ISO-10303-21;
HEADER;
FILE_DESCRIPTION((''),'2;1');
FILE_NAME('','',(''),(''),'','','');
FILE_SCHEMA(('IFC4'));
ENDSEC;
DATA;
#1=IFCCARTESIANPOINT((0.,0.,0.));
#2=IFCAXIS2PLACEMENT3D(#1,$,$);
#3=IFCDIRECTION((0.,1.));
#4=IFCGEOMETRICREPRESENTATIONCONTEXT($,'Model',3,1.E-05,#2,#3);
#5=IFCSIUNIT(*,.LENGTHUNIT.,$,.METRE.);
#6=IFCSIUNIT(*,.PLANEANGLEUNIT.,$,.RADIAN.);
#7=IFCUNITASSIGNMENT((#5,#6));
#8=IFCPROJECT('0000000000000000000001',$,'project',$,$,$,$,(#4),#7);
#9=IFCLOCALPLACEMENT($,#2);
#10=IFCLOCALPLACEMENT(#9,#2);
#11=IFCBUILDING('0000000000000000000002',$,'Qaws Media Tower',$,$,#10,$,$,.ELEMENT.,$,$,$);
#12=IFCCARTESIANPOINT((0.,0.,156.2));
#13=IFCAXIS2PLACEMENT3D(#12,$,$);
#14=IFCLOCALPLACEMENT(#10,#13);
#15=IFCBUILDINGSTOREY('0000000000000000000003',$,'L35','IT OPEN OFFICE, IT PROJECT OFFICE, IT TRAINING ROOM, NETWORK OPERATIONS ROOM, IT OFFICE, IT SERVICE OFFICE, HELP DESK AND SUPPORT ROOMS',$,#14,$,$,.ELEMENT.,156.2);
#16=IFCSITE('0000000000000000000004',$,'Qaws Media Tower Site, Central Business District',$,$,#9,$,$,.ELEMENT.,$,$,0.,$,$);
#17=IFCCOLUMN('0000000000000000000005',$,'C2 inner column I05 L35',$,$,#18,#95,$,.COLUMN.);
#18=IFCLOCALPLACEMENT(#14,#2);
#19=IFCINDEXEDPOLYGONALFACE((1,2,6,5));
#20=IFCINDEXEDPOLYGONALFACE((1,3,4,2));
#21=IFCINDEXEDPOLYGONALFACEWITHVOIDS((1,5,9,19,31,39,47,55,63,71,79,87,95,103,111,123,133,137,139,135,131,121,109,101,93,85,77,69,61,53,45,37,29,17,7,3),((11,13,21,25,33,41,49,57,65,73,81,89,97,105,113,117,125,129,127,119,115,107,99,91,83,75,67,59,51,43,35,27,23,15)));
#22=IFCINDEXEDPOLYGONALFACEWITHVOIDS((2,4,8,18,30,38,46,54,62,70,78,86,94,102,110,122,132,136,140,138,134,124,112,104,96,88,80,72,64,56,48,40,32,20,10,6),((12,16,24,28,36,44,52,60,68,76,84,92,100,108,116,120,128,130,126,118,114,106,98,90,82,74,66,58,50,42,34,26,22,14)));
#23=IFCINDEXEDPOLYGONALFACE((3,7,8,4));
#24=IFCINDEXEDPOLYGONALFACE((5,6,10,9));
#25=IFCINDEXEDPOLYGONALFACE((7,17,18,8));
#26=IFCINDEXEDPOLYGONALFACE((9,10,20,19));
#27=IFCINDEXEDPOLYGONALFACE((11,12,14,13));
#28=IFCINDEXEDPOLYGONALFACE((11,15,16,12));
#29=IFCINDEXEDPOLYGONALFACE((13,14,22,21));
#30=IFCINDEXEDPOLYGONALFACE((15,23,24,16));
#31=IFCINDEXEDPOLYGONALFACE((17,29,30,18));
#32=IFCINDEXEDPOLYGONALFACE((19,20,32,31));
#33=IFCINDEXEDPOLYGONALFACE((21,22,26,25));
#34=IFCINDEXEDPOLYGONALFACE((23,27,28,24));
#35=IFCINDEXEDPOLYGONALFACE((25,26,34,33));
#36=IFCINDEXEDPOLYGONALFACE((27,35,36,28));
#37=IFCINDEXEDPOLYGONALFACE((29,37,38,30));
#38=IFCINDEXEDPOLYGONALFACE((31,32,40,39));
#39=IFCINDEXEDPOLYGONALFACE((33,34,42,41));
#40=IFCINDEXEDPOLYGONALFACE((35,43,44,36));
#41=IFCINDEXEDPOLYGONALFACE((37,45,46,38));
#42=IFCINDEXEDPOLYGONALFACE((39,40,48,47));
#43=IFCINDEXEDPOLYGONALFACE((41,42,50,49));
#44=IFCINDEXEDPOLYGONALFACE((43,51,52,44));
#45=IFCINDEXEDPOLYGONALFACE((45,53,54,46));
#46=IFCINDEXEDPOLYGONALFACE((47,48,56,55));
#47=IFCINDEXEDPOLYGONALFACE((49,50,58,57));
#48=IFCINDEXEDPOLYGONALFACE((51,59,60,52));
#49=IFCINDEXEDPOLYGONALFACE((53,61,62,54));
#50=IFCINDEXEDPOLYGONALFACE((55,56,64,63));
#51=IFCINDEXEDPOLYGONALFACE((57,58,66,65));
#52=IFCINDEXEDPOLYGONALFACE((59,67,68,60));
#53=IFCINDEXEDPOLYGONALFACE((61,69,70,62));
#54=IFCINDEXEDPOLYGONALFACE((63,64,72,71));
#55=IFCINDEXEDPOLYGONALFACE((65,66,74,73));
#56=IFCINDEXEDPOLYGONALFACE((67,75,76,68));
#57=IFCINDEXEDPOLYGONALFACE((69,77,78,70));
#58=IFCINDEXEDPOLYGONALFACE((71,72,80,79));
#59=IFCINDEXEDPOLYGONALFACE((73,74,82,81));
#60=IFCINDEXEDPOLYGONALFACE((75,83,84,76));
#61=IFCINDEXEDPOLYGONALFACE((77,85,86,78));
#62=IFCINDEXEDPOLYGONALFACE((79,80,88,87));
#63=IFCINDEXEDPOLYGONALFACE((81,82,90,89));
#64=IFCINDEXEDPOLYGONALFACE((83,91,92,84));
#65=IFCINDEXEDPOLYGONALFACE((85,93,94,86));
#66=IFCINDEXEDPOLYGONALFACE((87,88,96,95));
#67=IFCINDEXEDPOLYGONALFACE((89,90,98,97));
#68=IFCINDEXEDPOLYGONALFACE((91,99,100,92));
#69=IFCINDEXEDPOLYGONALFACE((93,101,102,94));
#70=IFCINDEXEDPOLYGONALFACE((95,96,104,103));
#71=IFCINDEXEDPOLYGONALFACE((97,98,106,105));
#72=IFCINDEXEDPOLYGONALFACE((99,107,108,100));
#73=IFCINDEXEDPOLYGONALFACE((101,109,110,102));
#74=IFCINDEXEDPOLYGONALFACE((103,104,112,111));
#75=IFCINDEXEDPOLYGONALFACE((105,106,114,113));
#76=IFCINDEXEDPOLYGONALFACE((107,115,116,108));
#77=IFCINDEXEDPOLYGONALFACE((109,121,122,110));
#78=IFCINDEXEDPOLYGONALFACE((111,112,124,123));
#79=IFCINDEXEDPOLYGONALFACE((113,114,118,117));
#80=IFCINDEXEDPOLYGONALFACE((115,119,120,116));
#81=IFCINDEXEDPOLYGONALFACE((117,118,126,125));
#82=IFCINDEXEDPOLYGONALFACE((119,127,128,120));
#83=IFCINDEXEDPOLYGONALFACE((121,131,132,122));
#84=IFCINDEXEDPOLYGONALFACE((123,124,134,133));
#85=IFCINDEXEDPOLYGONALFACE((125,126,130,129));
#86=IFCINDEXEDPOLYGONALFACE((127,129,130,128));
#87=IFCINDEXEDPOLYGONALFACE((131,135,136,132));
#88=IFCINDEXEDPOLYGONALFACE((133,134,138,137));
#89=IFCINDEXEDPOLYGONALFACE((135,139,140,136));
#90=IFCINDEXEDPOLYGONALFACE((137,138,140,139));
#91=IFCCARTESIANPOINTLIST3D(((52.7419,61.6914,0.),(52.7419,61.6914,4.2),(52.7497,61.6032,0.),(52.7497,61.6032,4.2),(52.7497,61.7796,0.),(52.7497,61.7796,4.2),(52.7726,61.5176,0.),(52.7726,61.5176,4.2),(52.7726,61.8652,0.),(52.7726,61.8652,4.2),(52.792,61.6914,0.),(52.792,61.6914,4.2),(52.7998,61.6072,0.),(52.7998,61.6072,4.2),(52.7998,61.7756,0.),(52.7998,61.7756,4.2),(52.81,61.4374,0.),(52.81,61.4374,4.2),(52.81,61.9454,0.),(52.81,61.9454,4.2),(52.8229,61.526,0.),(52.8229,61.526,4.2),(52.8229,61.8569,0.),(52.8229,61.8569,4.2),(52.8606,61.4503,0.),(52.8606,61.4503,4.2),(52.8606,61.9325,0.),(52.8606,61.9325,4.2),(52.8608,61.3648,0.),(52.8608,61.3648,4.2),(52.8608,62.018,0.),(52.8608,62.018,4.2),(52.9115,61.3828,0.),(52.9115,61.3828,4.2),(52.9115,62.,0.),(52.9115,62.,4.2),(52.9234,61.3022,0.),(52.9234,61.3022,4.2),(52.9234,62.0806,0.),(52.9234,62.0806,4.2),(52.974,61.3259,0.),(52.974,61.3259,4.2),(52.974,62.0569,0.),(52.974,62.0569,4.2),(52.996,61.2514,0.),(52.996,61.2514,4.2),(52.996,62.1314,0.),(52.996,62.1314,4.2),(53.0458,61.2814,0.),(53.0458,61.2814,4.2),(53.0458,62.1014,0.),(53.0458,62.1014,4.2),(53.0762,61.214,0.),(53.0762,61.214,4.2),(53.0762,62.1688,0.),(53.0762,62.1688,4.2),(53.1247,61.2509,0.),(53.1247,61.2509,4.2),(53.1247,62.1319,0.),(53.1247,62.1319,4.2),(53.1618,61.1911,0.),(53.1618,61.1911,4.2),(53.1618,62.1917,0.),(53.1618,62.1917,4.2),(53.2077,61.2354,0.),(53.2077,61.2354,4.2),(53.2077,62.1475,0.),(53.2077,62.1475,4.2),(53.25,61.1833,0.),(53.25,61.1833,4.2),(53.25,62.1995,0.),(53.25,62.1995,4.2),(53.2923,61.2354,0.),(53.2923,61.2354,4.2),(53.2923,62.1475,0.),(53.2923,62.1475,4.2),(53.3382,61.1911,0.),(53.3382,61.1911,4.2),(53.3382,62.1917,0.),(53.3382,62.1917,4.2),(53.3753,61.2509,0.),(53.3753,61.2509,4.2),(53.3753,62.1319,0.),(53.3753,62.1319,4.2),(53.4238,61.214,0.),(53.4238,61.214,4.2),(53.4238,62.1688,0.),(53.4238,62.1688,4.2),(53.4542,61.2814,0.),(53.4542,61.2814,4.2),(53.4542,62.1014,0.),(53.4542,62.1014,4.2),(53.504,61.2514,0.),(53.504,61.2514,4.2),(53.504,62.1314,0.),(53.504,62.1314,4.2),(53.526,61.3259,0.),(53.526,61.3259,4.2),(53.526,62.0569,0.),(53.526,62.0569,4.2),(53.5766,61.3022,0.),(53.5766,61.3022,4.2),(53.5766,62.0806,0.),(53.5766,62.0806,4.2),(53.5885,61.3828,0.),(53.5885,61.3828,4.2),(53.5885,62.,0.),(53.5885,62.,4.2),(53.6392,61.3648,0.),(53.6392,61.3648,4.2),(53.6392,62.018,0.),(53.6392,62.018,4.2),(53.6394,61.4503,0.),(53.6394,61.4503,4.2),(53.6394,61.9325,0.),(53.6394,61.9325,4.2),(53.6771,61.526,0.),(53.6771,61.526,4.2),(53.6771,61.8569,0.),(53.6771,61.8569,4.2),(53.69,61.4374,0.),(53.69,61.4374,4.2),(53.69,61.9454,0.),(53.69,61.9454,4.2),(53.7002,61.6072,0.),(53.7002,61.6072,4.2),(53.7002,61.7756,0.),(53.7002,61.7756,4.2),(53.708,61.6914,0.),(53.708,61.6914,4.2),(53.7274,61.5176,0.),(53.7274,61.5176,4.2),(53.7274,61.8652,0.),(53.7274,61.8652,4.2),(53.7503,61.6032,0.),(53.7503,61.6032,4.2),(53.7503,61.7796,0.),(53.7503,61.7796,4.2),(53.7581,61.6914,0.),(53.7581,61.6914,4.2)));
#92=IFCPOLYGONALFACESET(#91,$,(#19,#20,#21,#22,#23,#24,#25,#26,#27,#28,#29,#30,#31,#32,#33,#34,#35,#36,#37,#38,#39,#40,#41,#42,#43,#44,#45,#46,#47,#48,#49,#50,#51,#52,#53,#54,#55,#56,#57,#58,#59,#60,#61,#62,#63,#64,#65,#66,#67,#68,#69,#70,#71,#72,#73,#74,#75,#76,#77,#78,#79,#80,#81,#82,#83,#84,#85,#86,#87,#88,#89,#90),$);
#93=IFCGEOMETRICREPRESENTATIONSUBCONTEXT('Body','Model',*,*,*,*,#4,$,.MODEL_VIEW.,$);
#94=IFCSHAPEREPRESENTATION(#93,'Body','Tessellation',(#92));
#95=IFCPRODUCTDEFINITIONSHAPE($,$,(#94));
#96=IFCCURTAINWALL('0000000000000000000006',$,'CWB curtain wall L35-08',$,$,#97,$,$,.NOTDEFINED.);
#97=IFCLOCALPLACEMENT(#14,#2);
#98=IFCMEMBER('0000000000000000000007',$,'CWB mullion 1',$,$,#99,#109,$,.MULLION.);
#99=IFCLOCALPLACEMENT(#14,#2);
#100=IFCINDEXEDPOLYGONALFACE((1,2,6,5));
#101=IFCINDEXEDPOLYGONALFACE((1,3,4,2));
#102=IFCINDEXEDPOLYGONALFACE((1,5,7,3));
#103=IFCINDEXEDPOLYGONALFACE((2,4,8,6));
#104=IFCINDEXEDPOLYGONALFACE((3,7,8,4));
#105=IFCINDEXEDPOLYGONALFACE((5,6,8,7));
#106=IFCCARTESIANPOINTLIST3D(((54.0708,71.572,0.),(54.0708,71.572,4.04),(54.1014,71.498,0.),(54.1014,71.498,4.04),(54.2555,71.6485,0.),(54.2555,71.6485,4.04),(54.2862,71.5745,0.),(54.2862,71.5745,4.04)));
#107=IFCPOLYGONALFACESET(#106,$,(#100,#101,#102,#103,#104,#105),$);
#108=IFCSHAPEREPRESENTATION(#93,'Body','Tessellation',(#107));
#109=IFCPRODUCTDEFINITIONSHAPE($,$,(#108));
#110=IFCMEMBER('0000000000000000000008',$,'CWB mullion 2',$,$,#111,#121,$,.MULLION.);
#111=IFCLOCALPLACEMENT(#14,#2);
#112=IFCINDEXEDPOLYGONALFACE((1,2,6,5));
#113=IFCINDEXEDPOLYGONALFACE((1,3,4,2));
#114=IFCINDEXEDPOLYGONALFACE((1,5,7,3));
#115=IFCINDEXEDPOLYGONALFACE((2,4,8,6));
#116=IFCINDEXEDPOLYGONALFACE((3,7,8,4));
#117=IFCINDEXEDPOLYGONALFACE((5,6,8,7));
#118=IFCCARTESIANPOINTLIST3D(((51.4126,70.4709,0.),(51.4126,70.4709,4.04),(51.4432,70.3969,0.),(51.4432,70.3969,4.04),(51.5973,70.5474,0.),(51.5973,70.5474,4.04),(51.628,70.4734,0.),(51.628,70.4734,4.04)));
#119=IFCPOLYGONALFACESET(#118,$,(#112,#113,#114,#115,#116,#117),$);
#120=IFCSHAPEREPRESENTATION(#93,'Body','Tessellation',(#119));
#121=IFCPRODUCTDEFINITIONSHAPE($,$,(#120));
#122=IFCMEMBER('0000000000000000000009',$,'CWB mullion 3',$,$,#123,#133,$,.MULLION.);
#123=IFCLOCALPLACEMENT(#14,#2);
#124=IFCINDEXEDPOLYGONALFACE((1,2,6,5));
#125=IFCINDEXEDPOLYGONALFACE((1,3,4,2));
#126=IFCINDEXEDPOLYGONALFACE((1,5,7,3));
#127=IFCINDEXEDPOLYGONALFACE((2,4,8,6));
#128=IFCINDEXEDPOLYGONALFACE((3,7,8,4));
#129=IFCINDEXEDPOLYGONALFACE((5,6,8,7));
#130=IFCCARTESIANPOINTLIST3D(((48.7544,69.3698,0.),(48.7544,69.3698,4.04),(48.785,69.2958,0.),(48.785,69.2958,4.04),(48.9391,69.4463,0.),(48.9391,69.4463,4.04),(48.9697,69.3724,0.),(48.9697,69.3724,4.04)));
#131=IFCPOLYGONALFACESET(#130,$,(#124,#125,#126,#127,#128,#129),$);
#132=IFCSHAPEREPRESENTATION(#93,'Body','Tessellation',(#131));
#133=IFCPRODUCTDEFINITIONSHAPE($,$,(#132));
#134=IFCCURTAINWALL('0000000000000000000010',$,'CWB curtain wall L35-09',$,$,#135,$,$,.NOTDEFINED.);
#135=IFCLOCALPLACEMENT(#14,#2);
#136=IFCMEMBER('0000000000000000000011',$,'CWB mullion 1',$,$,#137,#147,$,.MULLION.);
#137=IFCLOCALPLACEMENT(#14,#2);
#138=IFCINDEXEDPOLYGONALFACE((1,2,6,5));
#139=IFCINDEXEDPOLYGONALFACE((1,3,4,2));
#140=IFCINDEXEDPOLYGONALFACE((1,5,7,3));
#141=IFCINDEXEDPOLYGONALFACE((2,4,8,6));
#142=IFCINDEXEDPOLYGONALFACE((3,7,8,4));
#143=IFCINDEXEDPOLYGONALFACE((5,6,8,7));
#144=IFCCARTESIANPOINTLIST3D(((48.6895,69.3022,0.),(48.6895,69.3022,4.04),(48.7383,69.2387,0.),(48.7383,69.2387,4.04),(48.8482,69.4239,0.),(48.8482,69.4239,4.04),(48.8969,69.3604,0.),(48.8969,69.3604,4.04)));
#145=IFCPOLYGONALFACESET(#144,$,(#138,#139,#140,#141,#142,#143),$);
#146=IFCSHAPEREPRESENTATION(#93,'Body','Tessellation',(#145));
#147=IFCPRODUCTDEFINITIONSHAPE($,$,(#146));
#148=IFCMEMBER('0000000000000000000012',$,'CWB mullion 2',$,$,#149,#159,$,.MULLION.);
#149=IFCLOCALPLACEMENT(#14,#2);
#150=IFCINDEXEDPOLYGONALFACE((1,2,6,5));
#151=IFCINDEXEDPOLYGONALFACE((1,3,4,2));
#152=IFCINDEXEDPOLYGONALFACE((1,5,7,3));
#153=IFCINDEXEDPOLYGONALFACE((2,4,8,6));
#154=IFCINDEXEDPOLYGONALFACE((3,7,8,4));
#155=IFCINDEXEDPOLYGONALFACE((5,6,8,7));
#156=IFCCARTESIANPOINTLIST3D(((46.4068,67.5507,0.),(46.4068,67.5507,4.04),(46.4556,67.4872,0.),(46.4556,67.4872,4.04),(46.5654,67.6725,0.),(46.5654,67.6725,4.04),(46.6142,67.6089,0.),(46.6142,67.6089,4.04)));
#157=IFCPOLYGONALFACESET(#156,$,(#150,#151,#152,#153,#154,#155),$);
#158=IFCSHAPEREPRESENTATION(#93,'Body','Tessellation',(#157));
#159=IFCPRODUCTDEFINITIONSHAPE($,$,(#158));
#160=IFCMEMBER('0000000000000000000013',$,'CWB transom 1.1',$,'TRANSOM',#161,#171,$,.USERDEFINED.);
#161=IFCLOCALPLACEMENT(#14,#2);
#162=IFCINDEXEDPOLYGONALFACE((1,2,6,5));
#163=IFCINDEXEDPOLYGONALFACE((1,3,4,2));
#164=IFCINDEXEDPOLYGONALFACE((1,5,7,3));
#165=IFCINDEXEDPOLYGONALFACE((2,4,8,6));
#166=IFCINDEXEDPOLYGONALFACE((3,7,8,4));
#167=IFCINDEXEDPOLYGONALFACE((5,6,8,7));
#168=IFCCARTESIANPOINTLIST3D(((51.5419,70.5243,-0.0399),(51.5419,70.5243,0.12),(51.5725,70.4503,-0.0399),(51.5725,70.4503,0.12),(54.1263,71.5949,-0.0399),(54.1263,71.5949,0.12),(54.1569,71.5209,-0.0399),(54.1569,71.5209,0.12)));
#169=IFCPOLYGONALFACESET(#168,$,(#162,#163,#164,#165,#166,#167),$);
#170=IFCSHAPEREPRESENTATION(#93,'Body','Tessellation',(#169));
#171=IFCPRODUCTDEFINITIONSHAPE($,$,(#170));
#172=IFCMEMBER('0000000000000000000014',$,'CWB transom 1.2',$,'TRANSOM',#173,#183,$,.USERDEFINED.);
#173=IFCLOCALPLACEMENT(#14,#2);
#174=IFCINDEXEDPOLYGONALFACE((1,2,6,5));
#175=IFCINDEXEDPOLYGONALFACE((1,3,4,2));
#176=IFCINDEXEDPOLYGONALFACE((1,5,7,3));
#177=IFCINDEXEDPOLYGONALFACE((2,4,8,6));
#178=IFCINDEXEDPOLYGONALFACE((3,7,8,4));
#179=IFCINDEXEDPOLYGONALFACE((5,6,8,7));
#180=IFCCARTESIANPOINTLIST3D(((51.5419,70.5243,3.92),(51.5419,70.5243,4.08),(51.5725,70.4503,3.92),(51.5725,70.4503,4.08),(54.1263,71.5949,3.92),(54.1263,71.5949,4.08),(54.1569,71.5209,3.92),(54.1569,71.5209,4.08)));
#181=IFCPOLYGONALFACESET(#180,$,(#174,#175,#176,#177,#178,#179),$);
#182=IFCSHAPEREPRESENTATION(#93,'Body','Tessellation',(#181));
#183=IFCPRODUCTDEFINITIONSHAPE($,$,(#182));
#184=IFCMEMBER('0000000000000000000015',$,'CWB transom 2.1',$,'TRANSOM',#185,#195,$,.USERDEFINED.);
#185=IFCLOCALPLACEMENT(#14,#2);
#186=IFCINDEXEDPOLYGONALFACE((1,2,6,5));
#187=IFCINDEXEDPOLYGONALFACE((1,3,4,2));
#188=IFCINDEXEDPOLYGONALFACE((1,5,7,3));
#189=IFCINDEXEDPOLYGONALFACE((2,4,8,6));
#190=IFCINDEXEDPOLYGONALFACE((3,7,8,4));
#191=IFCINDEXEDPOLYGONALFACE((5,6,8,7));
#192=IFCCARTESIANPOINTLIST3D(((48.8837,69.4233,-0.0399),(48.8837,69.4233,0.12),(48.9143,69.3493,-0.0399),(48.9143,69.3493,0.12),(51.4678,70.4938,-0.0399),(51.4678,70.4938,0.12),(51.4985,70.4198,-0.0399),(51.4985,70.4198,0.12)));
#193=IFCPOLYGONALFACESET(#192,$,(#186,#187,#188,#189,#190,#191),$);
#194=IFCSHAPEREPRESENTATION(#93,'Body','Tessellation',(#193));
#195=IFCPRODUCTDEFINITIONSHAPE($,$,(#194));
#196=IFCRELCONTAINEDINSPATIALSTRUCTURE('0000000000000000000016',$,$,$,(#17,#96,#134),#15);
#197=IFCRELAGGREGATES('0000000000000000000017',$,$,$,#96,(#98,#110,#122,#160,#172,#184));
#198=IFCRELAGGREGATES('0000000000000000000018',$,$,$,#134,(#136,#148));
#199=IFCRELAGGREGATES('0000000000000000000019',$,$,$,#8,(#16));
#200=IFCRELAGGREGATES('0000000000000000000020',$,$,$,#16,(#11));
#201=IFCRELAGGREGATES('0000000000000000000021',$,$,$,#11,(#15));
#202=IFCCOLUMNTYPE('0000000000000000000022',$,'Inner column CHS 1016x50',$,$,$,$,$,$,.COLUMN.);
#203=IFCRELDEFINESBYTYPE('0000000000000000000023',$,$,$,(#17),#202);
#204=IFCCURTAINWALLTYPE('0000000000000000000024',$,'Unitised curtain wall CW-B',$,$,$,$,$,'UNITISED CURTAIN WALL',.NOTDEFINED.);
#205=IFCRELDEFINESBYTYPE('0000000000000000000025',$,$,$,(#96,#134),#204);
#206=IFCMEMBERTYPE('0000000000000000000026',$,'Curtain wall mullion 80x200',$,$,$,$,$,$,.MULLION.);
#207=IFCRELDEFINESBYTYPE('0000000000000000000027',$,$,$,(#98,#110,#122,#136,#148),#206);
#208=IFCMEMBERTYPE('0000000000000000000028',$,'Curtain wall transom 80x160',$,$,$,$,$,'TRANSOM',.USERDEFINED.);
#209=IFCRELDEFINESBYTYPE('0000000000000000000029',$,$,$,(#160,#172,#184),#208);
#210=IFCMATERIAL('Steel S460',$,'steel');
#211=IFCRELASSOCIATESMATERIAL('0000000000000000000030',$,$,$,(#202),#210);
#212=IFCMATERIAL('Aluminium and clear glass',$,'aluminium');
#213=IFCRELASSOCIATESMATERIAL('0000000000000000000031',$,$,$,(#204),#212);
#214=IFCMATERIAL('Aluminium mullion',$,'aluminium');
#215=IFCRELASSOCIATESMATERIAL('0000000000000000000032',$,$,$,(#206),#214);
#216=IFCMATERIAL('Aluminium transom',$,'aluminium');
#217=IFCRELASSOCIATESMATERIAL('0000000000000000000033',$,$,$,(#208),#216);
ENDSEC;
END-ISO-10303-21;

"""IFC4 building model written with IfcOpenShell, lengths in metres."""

from ifc_helpers import new_model, si_unit, direction, frame, origin, origin_2d, place, context, subcontext, project, spatial, rectangle, hollow_circle, extrude, material, material_profile, profile_set, type_object, element, aggregate, save


model = new_model("IFC4")

# Units and contexts
model_context = context("Model", 3, precision=1e-05, world=origin(), true_north=direction((0.0, 1.0)))
body_context = subcontext(model_context, "Body", "Model", "MODEL_VIEW")
ifc_project = project(units=[si_unit("LENGTHUNIT", "METRE"), si_unit("PLANEANGLEUNIT", "RADIAN")], contexts=[model_context])

# Site, building, storey
site_placement = place(None, origin())
site = spatial("IfcSite", under=ifc_project, at=site_placement, Name="Qaws Media Tower Site, Central Business District", CompositionType="ELEMENT", RefElevation=0.0)
building_placement = place(site_placement, origin())
building = spatial("IfcBuilding", under=site, at=building_placement, Name="Qaws Media Tower", CompositionType="ELEMENT")
storey_placement = place(building_placement, frame((0.0, 0.0, 156.2)))
storey = spatial("IfcBuildingStorey", under=building, at=storey_placement, Name="L35", Description="IT OPEN OFFICE, IT PROJECT OFFICE, IT TRAINING ROOM, NETWORK OPERATIONS ROOM, IT OFFICE, IT SERVICE OFFICE, HELP DESK AND SUPPORT ROOMS", CompositionType="ELEMENT", Elevation=156.2)

# Column
ifc_material_1 = material(Name="Steel S460", Category="steel")
ifc_material_profile_1 = material_profile(ifc_material_1, hollow_circle(Radius=0.5081, WallThickness=0.05, at=origin_2d()), Name="CHS 1016x50")
ifc_profile_set_1 = profile_set([ifc_material_profile_1], Name="Steel S460")
column_type = type_object("IfcColumnType", Name="Inner column CHS 1016x50", PredefinedType="COLUMN", material=ifc_profile_set_1)
column_placement = place(storey_placement, frame((53.25, 61.6914, 0.0), z_axis=(0.0, 0.0, 1.0), x_axis=(1.0, 0.0, 0.0)))
element("IfcColumn", 1, at=column_placement, inside=storey, type_object=column_type, Name="C2 inner column I05 L35", PredefinedType="COLUMN", context=body_context, shape_type="SweptSolid", body=[
    extrude(hollow_circle(Radius=0.5081, WallThickness=0.05, at=origin_2d()), origin(), (0.0, 0.0, 1.0), 4.2),
])

# Curtain walls, members
ifc_material_2 = material(Name="Aluminium and clear glass", Category="aluminium")
curtain_wall_type = type_object("IfcCurtainWallType", Name="Unitised curtain wall CW-B", ElementType="UNITISED CURTAIN WALL", PredefinedType="NOTDEFINED", material=ifc_material_2)
curtain_wall_1_placement = place(storey_placement, origin())
curtain_wall_1 = element("IfcCurtainWall", 2, at=curtain_wall_1_placement, inside=storey, type_object=curtain_wall_type, Name="CWB curtain wall L35-08", PredefinedType="NOTDEFINED")
ifc_material_3 = material(Name="Aluminium mullion", Category="aluminium")
ifc_material_profile_2 = material_profile(ifc_material_3, rectangle(XDim=0.0801, YDim=0.2, at=origin_2d()), Name="80x200")
ifc_profile_set_2 = profile_set([ifc_material_profile_2], Name="Aluminium mullion")
member_type_1 = type_object("IfcMemberType", Name="Curtain wall mullion 80x200", PredefinedType="MULLION", material=ifc_profile_set_2)
member_1_placement = place(storey_placement, frame((54.1785, 71.5732, 0.0), z_axis=(0.0, 0.0, 1.0), x_axis=(0.382683, -0.92388, 0.0)))
member_1 = element("IfcMember", 3, at=member_1_placement, type_object=member_type_1, Name="CWB mullion 1", PredefinedType="MULLION", context=body_context, shape_type="SweptSolid", body=[
    extrude(rectangle(XDim=0.0801, YDim=0.2, at=origin_2d()), origin(), (0.0, 0.0, 1.0), 4.04),
])
member_2_placement = place(storey_placement, frame((51.5203, 70.4722, 0.0), z_axis=(0.0, 0.0, 1.0), x_axis=(0.382683, -0.92388, 0.0)))
member_2 = element("IfcMember", 4, at=member_2_placement, type_object=member_type_1, Name="CWB mullion 2", PredefinedType="MULLION", context=body_context, shape_type="SweptSolid", body=[
    extrude(rectangle(XDim=0.0801, YDim=0.2, at=origin_2d()), origin(), (0.0, 0.0, 1.0), 4.04),
])
member_3_placement = place(storey_placement, frame((48.8621, 69.3711, 0.0), z_axis=(0.0, 0.0, 1.0), x_axis=(0.382683, -0.92388, 0.0)))
member_3 = element("IfcMember", 5, at=member_3_placement, type_object=member_type_1, Name="CWB mullion 3", PredefinedType="MULLION", context=body_context, shape_type="SweptSolid", body=[
    extrude(rectangle(XDim=0.0801, YDim=0.2, at=origin_2d()), origin(), (0.0, 0.0, 1.0), 4.04),
])
curtain_wall_2_placement = place(storey_placement, origin())
curtain_wall_2 = element("IfcCurtainWall", 6, at=curtain_wall_2_placement, inside=storey, type_object=curtain_wall_type, Name="CWB curtain wall L35-09", PredefinedType="NOTDEFINED")
member_4_placement = place(storey_placement, frame((48.7932, 69.3313, 0.0), z_axis=(0.0, 0.0, 1.0), x_axis=(0.608761, -0.793353, 0.0)))
member_4 = element("IfcMember", 7, at=member_4_placement, type_object=member_type_1, Name="CWB mullion 1", PredefinedType="MULLION", context=body_context, shape_type="SweptSolid", body=[
    extrude(rectangle(XDim=0.0801, YDim=0.2, at=origin_2d()), origin(), (0.0, 0.0, 1.0), 4.04),
])
member_5_placement = place(storey_placement, frame((46.5105, 67.5798, 0.0), z_axis=(0.0, 0.0, 1.0), x_axis=(0.608761, -0.793353, 0.0)))
member_5 = element("IfcMember", 8, at=member_5_placement, type_object=member_type_1, Name="CWB mullion 2", PredefinedType="MULLION", context=body_context, shape_type="SweptSolid", body=[
    extrude(rectangle(XDim=0.0801, YDim=0.2, at=origin_2d()), origin(), (0.0, 0.0, 1.0), 4.04),
])

# Members
ifc_material_4 = material(Name="Aluminium transom", Category="aluminium")
ifc_material_profile_3 = material_profile(ifc_material_4, rectangle(XDim=0.0801, YDim=0.1599, at=origin_2d()), Name="80x160")
ifc_profile_set_3 = profile_set([ifc_material_profile_3], Name="Aluminium transom")
member_type_2 = type_object("IfcMemberType", Name="Curtain wall transom 80x160", ElementType="TRANSOM", PredefinedType="USERDEFINED", material=ifc_profile_set_3)
member_6_placement = place(storey_placement, frame((54.1416, 71.5579, 0.04), z_axis=(-0.923875, -0.382694, 0.0), x_axis=(0.382694, -0.923875, 0.0)))
member_6 = element("IfcMember", 9, at=member_6_placement, type_object=member_type_2, Name="CWB transom 1.1", ObjectType="TRANSOM", PredefinedType="USERDEFINED", context=body_context, shape_type="SweptSolid", body=[
    extrude(rectangle(XDim=0.0801, YDim=0.1599, at=origin_2d()), origin(), (0.0, 0.0, 1.0), 2.7974),
])
member_7_placement = place(storey_placement, frame((54.1416, 71.5579, 4.0), z_axis=(-0.923875, -0.382694, 0.0), x_axis=(0.382694, -0.923875, 0.0)))
member_7 = element("IfcMember", 10, at=member_7_placement, type_object=member_type_2, Name="CWB transom 1.2", ObjectType="TRANSOM", PredefinedType="USERDEFINED", context=body_context, shape_type="SweptSolid", body=[
    extrude(rectangle(XDim=0.0801, YDim=0.1599, at=origin_2d()), origin(), (0.0, 0.0, 1.0), 2.7974),
])
member_8_placement = place(storey_placement, frame((51.4832, 70.4568, 0.04), z_axis=(-0.923863, -0.382724, 0.0), x_axis=(0.382724, -0.923863, 0.0)))
member_8 = element("IfcMember", 11, at=member_8_placement, type_object=member_type_2, Name="CWB transom 2.1", ObjectType="TRANSOM", PredefinedType="USERDEFINED", context=body_context, shape_type="SweptSolid", body=[
    extrude(rectangle(XDim=0.0801, YDim=0.1599, at=origin_2d()), origin(), (0.0, 0.0, 1.0), 2.7971),
])

aggregate(curtain_wall_1, [member_1, member_2, member_3, member_6, member_7, member_8])
aggregate(curtain_wall_2, [member_4, member_5])

save(model, "model.ifc")
